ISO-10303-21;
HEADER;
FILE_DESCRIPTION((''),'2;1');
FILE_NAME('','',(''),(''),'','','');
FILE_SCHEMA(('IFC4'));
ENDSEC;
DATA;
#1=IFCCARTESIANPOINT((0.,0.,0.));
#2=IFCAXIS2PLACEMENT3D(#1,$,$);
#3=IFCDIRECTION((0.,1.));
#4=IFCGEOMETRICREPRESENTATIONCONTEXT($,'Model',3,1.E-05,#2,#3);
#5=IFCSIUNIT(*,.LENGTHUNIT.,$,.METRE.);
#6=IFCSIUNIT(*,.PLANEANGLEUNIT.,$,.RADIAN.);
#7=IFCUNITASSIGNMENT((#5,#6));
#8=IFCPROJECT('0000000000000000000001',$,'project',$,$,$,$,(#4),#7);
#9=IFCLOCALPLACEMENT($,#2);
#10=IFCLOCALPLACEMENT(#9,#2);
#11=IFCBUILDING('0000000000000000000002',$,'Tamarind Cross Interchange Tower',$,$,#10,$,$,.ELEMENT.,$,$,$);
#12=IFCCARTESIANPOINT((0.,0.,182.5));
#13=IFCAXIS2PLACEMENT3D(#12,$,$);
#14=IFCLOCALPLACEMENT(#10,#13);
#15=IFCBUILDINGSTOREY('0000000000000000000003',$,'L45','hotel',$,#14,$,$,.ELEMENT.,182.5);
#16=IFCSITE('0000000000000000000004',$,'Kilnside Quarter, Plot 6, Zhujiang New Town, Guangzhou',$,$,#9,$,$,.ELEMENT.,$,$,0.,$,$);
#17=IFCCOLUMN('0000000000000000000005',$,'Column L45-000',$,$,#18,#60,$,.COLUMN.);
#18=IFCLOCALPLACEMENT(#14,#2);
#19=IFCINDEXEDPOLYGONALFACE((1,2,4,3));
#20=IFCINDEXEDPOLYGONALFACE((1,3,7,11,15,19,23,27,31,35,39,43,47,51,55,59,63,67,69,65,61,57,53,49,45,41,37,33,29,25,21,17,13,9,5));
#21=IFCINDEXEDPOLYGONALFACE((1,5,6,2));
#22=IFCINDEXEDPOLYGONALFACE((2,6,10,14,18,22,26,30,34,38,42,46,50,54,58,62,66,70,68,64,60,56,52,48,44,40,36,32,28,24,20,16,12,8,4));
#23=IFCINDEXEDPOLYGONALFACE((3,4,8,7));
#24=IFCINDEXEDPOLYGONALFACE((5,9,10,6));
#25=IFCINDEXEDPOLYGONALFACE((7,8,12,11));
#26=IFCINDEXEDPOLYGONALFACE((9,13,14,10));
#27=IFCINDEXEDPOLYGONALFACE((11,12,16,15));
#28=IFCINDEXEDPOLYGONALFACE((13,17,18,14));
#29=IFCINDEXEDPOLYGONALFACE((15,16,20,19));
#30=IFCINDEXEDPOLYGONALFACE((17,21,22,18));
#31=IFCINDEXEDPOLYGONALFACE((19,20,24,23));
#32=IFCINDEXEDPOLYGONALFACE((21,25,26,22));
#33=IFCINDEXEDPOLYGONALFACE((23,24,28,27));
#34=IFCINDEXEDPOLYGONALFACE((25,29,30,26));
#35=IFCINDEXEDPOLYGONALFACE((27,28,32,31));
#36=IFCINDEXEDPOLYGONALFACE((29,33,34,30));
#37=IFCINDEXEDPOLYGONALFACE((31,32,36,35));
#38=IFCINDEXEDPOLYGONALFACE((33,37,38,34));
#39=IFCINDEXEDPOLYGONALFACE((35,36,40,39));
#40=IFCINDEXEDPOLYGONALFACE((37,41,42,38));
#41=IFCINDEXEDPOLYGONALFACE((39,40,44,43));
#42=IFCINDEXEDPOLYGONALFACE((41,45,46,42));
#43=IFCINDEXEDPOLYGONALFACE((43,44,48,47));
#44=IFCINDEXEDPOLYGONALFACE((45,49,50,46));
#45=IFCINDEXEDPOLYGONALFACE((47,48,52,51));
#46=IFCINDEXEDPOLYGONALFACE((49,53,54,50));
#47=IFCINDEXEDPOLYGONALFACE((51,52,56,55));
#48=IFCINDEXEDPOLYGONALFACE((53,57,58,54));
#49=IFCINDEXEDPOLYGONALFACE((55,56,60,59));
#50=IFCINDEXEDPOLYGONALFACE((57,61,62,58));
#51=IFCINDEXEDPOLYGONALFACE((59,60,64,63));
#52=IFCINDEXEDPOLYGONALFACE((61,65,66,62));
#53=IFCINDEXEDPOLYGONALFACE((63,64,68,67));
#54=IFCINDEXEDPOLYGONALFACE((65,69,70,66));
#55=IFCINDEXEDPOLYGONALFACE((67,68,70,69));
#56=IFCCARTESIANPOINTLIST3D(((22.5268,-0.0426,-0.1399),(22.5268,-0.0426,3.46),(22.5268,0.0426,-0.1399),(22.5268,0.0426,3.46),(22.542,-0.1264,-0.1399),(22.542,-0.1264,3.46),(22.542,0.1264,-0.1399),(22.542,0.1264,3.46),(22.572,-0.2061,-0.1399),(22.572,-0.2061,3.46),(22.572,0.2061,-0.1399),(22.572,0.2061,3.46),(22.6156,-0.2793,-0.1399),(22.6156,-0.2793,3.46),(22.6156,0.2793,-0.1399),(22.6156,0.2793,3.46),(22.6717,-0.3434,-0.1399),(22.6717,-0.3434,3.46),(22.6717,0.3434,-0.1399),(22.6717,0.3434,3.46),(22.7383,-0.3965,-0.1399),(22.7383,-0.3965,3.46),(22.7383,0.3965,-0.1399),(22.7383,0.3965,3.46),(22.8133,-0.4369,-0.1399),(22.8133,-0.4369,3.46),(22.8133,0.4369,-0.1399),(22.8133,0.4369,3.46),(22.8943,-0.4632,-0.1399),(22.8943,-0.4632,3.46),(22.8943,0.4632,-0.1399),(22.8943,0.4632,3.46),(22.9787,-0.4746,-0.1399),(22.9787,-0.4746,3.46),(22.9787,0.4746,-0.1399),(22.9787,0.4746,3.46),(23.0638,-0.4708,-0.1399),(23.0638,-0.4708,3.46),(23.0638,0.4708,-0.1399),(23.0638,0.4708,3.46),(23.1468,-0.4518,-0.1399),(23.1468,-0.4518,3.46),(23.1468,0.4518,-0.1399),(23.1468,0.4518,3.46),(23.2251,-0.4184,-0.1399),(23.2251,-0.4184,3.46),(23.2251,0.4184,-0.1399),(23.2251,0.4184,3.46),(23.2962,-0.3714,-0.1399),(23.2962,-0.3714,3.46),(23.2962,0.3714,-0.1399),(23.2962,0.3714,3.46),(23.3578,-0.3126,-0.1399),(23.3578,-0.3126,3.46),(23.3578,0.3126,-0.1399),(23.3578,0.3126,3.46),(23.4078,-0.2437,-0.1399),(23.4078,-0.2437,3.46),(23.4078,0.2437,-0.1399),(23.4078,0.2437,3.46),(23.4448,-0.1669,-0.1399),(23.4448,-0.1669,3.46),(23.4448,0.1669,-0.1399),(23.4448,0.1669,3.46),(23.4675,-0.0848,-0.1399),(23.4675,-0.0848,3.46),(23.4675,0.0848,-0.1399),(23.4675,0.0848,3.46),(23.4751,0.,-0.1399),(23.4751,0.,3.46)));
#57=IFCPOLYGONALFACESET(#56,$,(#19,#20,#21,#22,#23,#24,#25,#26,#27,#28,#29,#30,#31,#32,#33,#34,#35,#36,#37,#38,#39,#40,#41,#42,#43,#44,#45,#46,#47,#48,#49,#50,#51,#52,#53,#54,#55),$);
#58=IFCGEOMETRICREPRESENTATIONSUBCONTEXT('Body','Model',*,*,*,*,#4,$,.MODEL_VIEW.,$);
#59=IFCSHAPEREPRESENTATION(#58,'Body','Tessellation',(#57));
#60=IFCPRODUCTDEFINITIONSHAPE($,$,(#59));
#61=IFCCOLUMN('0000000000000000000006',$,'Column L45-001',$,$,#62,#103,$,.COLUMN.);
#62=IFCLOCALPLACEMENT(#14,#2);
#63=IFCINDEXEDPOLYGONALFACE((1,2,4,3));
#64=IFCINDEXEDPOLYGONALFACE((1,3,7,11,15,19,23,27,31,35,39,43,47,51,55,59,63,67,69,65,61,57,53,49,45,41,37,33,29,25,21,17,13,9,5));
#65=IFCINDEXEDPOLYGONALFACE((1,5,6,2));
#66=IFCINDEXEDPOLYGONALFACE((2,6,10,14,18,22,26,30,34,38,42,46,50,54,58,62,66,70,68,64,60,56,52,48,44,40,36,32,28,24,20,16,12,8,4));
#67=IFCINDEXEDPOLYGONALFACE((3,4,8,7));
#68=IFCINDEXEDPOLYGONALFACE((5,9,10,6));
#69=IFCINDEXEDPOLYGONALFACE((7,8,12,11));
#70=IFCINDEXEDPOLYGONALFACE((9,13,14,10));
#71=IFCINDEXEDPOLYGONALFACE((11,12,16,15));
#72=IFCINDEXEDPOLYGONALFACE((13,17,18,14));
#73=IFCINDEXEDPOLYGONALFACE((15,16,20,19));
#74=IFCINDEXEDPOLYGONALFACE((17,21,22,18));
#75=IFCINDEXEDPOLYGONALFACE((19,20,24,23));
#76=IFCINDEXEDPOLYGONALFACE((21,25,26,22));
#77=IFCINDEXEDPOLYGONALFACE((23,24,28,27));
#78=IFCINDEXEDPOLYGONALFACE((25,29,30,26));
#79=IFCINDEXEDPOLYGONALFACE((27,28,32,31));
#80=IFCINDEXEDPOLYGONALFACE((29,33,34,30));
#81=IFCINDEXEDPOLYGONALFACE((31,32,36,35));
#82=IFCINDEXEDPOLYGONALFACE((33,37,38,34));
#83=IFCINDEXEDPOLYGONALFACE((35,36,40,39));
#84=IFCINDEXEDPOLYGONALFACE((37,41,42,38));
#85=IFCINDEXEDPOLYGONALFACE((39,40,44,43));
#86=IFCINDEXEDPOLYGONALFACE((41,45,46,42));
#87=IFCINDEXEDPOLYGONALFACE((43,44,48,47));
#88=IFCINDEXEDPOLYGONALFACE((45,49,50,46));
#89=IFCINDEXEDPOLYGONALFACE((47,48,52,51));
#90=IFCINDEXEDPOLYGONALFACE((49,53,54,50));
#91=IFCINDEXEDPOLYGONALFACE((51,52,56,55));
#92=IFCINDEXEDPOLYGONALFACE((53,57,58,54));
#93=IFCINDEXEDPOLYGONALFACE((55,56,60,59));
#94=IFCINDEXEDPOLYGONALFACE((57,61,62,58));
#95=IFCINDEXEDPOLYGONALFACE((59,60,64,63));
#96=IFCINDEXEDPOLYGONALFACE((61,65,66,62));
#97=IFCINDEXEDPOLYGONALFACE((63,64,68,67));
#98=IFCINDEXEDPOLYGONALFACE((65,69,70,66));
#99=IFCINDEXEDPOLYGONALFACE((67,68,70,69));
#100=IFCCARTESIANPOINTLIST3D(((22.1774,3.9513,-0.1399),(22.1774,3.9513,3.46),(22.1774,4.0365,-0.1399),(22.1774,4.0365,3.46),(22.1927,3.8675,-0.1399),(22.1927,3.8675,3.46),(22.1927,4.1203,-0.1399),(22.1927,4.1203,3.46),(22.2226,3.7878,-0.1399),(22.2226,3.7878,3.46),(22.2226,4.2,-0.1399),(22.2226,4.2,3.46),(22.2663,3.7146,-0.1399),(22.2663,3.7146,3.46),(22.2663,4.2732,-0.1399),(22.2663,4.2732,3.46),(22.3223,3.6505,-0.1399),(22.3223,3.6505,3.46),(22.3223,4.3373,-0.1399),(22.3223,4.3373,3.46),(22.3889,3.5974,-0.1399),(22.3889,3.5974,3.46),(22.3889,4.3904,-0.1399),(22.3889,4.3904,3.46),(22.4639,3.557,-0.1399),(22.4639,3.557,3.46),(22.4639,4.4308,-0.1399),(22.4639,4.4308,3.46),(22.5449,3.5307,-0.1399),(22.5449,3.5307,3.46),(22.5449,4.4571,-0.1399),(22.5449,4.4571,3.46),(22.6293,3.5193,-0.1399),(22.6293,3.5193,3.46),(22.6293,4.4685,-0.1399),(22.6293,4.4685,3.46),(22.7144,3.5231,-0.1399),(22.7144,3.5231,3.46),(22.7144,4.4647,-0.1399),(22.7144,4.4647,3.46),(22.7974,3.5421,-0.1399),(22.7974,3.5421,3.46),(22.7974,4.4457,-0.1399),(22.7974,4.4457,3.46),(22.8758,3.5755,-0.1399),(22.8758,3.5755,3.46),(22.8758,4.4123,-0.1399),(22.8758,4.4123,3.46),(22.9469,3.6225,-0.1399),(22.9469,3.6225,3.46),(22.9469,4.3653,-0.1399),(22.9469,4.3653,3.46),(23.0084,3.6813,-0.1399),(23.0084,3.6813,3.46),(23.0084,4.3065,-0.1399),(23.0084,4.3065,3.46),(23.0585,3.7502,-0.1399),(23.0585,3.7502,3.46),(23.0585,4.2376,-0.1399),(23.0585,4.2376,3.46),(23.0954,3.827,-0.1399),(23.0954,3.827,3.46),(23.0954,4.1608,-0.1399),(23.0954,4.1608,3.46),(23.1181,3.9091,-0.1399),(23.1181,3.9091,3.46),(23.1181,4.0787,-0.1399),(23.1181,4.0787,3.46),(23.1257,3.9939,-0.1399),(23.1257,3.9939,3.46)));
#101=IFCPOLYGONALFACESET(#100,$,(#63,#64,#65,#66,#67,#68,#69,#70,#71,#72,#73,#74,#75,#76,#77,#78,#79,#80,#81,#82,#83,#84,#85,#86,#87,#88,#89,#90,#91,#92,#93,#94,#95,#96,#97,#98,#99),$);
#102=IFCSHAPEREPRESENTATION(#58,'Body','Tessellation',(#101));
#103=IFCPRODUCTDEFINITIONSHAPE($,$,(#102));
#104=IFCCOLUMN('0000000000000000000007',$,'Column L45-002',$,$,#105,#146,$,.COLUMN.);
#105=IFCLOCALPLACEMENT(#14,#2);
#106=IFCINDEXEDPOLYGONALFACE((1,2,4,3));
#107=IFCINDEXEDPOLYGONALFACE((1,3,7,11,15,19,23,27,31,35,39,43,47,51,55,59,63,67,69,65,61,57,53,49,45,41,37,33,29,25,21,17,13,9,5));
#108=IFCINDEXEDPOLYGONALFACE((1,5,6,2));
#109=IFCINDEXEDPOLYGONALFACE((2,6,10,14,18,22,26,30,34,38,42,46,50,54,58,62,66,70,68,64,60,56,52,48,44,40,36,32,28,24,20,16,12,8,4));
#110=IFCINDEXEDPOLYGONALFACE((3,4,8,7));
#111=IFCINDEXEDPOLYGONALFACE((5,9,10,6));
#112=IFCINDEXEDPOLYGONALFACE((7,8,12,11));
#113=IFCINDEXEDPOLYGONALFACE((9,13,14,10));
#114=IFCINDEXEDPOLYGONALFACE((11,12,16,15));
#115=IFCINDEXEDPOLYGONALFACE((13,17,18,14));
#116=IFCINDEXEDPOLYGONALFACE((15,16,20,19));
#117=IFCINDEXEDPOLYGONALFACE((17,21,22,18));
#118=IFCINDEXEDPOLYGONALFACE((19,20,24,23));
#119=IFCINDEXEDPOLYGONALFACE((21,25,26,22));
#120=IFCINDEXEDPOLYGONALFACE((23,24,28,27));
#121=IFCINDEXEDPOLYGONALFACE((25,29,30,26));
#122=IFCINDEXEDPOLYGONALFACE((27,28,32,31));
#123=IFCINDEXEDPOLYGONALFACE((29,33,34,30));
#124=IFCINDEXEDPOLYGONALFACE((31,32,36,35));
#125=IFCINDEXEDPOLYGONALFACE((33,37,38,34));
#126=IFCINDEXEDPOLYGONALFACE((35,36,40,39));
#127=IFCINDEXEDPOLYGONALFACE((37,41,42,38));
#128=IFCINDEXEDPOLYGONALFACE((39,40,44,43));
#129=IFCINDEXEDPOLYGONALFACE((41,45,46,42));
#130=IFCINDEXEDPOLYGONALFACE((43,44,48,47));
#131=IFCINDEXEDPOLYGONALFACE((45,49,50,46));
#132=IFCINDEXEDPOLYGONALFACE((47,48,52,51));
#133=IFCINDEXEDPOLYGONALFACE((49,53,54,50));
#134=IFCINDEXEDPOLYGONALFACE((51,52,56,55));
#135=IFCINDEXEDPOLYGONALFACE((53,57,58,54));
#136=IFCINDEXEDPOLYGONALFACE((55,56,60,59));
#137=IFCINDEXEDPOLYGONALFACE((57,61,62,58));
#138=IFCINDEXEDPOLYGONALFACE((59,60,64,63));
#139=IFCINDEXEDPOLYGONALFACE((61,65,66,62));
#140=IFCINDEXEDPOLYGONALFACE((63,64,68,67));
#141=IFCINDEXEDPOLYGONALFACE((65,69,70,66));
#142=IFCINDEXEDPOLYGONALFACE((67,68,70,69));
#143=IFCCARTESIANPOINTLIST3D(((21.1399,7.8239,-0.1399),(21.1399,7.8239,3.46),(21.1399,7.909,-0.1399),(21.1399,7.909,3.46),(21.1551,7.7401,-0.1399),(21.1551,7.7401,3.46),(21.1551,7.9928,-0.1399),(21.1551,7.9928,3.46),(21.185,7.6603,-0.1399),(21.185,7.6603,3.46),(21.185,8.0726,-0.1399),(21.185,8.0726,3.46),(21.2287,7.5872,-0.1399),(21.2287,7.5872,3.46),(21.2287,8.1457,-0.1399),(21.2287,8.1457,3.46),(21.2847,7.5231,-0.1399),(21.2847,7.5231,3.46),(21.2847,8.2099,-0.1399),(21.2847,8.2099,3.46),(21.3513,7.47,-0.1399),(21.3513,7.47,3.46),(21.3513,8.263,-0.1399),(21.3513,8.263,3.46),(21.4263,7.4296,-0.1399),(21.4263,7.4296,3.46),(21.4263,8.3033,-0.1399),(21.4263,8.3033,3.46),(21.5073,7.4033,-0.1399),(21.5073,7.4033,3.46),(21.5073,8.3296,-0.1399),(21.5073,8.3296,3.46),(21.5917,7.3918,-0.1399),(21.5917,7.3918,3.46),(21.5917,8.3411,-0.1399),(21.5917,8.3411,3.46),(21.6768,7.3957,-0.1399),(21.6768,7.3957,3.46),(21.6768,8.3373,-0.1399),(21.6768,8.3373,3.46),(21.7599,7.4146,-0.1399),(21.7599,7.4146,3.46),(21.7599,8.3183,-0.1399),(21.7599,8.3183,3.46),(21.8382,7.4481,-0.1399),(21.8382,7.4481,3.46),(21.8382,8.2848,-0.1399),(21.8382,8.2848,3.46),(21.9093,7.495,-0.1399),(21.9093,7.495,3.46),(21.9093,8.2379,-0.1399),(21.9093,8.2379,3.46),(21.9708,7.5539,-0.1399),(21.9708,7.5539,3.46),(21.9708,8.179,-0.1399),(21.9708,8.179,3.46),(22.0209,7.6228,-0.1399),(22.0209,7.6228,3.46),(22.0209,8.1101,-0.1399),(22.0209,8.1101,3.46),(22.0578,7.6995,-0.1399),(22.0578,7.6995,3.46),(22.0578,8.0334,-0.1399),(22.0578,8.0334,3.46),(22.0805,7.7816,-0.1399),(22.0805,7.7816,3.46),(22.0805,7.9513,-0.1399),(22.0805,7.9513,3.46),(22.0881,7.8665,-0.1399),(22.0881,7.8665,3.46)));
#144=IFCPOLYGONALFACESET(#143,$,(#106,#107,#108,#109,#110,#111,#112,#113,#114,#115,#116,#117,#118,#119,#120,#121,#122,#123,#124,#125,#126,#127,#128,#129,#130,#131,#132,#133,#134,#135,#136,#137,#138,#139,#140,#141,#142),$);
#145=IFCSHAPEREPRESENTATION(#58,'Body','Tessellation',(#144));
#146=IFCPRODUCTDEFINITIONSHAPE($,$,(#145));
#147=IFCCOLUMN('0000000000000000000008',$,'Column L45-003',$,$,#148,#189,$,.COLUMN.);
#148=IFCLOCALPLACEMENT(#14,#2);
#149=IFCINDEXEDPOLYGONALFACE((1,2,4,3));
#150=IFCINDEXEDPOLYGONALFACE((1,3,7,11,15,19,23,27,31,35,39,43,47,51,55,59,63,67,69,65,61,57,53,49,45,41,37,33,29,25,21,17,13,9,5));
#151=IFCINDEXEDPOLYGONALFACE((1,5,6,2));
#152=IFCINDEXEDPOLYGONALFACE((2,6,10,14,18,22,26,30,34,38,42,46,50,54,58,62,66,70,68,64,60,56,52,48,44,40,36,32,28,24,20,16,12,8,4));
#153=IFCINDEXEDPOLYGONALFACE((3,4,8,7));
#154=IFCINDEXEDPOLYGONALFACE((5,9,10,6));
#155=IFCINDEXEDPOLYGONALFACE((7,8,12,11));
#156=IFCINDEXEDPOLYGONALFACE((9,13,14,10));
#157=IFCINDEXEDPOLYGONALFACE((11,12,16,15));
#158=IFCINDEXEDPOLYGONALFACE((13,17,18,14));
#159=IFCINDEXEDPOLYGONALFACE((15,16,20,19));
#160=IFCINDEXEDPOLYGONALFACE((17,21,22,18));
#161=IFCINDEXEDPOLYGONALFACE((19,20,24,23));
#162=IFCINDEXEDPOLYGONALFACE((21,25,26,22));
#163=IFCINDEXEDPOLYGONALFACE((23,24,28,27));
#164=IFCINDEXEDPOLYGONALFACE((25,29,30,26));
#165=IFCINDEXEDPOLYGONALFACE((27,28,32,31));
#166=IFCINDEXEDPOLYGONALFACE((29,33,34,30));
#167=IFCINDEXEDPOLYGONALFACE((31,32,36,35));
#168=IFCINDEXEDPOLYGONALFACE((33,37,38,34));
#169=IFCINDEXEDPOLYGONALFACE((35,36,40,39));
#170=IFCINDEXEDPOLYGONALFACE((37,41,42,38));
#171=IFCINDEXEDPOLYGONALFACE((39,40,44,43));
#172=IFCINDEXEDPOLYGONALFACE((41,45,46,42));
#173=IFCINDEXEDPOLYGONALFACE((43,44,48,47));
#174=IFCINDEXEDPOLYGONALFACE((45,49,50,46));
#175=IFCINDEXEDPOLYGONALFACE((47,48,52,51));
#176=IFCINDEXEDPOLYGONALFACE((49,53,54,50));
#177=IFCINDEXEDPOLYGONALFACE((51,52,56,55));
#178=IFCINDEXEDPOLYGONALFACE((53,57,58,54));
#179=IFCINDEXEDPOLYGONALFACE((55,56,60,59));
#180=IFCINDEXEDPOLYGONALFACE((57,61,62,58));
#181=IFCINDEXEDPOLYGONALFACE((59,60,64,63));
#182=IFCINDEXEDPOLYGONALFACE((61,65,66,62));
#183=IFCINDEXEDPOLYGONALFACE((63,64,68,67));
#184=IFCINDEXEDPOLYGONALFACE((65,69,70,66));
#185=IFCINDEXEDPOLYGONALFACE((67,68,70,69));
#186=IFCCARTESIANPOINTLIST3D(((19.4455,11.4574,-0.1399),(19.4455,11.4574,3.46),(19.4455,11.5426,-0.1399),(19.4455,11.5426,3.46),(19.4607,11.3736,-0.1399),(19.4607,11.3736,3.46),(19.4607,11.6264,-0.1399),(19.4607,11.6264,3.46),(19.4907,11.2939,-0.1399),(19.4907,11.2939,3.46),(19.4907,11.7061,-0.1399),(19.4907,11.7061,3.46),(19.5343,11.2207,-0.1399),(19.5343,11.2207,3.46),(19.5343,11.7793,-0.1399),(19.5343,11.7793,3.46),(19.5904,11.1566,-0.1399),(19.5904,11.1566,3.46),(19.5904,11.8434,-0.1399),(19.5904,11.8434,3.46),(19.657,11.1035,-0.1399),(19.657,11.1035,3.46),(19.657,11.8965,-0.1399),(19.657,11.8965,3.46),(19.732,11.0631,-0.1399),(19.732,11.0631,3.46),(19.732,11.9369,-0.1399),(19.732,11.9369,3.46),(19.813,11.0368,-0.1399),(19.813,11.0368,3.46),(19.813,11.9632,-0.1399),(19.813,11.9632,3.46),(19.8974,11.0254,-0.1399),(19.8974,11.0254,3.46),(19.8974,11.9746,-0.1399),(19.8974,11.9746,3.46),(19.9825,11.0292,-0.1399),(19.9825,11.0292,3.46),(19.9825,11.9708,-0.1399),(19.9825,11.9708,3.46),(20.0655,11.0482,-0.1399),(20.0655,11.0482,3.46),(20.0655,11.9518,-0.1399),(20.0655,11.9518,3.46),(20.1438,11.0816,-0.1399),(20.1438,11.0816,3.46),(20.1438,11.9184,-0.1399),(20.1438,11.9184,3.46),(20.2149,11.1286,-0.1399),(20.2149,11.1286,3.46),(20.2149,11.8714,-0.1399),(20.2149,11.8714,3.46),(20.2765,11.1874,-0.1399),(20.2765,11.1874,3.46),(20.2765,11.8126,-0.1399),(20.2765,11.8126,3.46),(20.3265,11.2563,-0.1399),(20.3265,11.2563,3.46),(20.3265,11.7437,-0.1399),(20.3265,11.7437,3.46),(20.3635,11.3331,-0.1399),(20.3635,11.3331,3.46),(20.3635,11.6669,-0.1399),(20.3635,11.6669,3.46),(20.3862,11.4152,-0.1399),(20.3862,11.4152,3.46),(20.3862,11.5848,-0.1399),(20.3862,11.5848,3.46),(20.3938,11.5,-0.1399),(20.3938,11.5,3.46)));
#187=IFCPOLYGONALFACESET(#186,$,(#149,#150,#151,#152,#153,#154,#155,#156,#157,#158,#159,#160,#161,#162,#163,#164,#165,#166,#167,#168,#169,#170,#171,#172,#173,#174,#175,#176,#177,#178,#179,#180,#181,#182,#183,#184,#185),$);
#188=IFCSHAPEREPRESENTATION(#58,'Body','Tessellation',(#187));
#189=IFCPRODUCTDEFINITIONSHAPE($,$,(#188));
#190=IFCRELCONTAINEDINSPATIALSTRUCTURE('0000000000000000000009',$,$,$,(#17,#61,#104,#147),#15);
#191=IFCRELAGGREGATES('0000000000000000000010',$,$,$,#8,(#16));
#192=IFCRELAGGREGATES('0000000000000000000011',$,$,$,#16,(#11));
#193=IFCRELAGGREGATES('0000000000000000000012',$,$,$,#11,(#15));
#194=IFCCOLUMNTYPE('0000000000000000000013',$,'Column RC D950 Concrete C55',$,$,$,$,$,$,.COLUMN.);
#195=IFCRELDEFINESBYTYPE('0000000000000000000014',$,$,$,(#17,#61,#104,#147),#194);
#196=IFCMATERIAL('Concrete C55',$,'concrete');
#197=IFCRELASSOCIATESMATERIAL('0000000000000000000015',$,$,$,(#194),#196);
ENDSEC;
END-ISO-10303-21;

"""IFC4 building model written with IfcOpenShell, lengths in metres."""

from ifc_helpers import new_model, si_unit, direction, frame, origin, origin_2d, place, context, subcontext, project, spatial, circle, extrude, material, material_profile, profile_set, type_object, element, save


model = new_model("IFC4")

# Units and contexts
model_context = context("Model", 3, precision=1e-05, world=origin(), true_north=direction((0.0, 1.0)))
body_context = subcontext(model_context, "Body", "Model", "MODEL_VIEW")
ifc_project = project(units=[si_unit("LENGTHUNIT", "METRE"), si_unit("PLANEANGLEUNIT", "RADIAN")], contexts=[model_context])

# Site, building, storey
site_placement = place(None, origin())
site = spatial("IfcSite", under=ifc_project, at=site_placement, Name="Kilnside Quarter, Plot 6, Zhujiang New Town, Guangzhou", CompositionType="ELEMENT", RefElevation=0.0)
building_placement = place(site_placement, origin())
building = spatial("IfcBuilding", under=site, at=building_placement, Name="Tamarind Cross Interchange Tower", CompositionType="ELEMENT")
storey_placement = place(building_placement, frame((0.0, 0.0, 182.5)))
storey = spatial("IfcBuildingStorey", under=building, at=storey_placement, Name="L45", Description="hotel", CompositionType="ELEMENT", Elevation=182.5)

# Columns
ifc_material_1 = material(Name="Concrete C55", Category="concrete")
ifc_material_profile_1 = material_profile(ifc_material_1, circle(Radius=0.4751, at=origin_2d()), Name="RC D950")
ifc_profile_set_1 = profile_set([ifc_material_profile_1], Name="Concrete C55")
column_type = type_object("IfcColumnType", Name="Column RC D950 Concrete C55", PredefinedType="COLUMN", material=ifc_profile_set_1)
for number, where, z_axis, x_axis, name in (
    (1, (23.0, 0.0, -0.1399), (0.0, 0.0, 1.0), (1.0, 0.0, 0.0), "Column L45-000"),
    (2, (22.6506, 3.9939, -0.1399), (0.0, 0.0, 1.0), (1.0, 0.0, 0.0), "Column L45-001"),
    (3, (21.613, 7.8665, -0.1399), (0.0, 0.0, 1.0), (1.0, 0.0, 0.0), "Column L45-002"),
    (4, (19.9187, 11.5, -0.1399), (0.0, 0.0, 1.0), (1.0, 0.0, 0.0), "Column L45-003"),
):
    element("IfcColumn", number, at=place(storey_placement, frame(where, z_axis=z_axis, x_axis=x_axis)), inside=storey, type_object=column_type, Name=name, PredefinedType="COLUMN", context=body_context, shape_type="SweptSolid", body=[
        extrude(circle(Radius=0.4751, at=origin_2d()), origin(), (0.0, 0.0, 1.0), 3.5999),
    ])

save(model, "model.ifc")
